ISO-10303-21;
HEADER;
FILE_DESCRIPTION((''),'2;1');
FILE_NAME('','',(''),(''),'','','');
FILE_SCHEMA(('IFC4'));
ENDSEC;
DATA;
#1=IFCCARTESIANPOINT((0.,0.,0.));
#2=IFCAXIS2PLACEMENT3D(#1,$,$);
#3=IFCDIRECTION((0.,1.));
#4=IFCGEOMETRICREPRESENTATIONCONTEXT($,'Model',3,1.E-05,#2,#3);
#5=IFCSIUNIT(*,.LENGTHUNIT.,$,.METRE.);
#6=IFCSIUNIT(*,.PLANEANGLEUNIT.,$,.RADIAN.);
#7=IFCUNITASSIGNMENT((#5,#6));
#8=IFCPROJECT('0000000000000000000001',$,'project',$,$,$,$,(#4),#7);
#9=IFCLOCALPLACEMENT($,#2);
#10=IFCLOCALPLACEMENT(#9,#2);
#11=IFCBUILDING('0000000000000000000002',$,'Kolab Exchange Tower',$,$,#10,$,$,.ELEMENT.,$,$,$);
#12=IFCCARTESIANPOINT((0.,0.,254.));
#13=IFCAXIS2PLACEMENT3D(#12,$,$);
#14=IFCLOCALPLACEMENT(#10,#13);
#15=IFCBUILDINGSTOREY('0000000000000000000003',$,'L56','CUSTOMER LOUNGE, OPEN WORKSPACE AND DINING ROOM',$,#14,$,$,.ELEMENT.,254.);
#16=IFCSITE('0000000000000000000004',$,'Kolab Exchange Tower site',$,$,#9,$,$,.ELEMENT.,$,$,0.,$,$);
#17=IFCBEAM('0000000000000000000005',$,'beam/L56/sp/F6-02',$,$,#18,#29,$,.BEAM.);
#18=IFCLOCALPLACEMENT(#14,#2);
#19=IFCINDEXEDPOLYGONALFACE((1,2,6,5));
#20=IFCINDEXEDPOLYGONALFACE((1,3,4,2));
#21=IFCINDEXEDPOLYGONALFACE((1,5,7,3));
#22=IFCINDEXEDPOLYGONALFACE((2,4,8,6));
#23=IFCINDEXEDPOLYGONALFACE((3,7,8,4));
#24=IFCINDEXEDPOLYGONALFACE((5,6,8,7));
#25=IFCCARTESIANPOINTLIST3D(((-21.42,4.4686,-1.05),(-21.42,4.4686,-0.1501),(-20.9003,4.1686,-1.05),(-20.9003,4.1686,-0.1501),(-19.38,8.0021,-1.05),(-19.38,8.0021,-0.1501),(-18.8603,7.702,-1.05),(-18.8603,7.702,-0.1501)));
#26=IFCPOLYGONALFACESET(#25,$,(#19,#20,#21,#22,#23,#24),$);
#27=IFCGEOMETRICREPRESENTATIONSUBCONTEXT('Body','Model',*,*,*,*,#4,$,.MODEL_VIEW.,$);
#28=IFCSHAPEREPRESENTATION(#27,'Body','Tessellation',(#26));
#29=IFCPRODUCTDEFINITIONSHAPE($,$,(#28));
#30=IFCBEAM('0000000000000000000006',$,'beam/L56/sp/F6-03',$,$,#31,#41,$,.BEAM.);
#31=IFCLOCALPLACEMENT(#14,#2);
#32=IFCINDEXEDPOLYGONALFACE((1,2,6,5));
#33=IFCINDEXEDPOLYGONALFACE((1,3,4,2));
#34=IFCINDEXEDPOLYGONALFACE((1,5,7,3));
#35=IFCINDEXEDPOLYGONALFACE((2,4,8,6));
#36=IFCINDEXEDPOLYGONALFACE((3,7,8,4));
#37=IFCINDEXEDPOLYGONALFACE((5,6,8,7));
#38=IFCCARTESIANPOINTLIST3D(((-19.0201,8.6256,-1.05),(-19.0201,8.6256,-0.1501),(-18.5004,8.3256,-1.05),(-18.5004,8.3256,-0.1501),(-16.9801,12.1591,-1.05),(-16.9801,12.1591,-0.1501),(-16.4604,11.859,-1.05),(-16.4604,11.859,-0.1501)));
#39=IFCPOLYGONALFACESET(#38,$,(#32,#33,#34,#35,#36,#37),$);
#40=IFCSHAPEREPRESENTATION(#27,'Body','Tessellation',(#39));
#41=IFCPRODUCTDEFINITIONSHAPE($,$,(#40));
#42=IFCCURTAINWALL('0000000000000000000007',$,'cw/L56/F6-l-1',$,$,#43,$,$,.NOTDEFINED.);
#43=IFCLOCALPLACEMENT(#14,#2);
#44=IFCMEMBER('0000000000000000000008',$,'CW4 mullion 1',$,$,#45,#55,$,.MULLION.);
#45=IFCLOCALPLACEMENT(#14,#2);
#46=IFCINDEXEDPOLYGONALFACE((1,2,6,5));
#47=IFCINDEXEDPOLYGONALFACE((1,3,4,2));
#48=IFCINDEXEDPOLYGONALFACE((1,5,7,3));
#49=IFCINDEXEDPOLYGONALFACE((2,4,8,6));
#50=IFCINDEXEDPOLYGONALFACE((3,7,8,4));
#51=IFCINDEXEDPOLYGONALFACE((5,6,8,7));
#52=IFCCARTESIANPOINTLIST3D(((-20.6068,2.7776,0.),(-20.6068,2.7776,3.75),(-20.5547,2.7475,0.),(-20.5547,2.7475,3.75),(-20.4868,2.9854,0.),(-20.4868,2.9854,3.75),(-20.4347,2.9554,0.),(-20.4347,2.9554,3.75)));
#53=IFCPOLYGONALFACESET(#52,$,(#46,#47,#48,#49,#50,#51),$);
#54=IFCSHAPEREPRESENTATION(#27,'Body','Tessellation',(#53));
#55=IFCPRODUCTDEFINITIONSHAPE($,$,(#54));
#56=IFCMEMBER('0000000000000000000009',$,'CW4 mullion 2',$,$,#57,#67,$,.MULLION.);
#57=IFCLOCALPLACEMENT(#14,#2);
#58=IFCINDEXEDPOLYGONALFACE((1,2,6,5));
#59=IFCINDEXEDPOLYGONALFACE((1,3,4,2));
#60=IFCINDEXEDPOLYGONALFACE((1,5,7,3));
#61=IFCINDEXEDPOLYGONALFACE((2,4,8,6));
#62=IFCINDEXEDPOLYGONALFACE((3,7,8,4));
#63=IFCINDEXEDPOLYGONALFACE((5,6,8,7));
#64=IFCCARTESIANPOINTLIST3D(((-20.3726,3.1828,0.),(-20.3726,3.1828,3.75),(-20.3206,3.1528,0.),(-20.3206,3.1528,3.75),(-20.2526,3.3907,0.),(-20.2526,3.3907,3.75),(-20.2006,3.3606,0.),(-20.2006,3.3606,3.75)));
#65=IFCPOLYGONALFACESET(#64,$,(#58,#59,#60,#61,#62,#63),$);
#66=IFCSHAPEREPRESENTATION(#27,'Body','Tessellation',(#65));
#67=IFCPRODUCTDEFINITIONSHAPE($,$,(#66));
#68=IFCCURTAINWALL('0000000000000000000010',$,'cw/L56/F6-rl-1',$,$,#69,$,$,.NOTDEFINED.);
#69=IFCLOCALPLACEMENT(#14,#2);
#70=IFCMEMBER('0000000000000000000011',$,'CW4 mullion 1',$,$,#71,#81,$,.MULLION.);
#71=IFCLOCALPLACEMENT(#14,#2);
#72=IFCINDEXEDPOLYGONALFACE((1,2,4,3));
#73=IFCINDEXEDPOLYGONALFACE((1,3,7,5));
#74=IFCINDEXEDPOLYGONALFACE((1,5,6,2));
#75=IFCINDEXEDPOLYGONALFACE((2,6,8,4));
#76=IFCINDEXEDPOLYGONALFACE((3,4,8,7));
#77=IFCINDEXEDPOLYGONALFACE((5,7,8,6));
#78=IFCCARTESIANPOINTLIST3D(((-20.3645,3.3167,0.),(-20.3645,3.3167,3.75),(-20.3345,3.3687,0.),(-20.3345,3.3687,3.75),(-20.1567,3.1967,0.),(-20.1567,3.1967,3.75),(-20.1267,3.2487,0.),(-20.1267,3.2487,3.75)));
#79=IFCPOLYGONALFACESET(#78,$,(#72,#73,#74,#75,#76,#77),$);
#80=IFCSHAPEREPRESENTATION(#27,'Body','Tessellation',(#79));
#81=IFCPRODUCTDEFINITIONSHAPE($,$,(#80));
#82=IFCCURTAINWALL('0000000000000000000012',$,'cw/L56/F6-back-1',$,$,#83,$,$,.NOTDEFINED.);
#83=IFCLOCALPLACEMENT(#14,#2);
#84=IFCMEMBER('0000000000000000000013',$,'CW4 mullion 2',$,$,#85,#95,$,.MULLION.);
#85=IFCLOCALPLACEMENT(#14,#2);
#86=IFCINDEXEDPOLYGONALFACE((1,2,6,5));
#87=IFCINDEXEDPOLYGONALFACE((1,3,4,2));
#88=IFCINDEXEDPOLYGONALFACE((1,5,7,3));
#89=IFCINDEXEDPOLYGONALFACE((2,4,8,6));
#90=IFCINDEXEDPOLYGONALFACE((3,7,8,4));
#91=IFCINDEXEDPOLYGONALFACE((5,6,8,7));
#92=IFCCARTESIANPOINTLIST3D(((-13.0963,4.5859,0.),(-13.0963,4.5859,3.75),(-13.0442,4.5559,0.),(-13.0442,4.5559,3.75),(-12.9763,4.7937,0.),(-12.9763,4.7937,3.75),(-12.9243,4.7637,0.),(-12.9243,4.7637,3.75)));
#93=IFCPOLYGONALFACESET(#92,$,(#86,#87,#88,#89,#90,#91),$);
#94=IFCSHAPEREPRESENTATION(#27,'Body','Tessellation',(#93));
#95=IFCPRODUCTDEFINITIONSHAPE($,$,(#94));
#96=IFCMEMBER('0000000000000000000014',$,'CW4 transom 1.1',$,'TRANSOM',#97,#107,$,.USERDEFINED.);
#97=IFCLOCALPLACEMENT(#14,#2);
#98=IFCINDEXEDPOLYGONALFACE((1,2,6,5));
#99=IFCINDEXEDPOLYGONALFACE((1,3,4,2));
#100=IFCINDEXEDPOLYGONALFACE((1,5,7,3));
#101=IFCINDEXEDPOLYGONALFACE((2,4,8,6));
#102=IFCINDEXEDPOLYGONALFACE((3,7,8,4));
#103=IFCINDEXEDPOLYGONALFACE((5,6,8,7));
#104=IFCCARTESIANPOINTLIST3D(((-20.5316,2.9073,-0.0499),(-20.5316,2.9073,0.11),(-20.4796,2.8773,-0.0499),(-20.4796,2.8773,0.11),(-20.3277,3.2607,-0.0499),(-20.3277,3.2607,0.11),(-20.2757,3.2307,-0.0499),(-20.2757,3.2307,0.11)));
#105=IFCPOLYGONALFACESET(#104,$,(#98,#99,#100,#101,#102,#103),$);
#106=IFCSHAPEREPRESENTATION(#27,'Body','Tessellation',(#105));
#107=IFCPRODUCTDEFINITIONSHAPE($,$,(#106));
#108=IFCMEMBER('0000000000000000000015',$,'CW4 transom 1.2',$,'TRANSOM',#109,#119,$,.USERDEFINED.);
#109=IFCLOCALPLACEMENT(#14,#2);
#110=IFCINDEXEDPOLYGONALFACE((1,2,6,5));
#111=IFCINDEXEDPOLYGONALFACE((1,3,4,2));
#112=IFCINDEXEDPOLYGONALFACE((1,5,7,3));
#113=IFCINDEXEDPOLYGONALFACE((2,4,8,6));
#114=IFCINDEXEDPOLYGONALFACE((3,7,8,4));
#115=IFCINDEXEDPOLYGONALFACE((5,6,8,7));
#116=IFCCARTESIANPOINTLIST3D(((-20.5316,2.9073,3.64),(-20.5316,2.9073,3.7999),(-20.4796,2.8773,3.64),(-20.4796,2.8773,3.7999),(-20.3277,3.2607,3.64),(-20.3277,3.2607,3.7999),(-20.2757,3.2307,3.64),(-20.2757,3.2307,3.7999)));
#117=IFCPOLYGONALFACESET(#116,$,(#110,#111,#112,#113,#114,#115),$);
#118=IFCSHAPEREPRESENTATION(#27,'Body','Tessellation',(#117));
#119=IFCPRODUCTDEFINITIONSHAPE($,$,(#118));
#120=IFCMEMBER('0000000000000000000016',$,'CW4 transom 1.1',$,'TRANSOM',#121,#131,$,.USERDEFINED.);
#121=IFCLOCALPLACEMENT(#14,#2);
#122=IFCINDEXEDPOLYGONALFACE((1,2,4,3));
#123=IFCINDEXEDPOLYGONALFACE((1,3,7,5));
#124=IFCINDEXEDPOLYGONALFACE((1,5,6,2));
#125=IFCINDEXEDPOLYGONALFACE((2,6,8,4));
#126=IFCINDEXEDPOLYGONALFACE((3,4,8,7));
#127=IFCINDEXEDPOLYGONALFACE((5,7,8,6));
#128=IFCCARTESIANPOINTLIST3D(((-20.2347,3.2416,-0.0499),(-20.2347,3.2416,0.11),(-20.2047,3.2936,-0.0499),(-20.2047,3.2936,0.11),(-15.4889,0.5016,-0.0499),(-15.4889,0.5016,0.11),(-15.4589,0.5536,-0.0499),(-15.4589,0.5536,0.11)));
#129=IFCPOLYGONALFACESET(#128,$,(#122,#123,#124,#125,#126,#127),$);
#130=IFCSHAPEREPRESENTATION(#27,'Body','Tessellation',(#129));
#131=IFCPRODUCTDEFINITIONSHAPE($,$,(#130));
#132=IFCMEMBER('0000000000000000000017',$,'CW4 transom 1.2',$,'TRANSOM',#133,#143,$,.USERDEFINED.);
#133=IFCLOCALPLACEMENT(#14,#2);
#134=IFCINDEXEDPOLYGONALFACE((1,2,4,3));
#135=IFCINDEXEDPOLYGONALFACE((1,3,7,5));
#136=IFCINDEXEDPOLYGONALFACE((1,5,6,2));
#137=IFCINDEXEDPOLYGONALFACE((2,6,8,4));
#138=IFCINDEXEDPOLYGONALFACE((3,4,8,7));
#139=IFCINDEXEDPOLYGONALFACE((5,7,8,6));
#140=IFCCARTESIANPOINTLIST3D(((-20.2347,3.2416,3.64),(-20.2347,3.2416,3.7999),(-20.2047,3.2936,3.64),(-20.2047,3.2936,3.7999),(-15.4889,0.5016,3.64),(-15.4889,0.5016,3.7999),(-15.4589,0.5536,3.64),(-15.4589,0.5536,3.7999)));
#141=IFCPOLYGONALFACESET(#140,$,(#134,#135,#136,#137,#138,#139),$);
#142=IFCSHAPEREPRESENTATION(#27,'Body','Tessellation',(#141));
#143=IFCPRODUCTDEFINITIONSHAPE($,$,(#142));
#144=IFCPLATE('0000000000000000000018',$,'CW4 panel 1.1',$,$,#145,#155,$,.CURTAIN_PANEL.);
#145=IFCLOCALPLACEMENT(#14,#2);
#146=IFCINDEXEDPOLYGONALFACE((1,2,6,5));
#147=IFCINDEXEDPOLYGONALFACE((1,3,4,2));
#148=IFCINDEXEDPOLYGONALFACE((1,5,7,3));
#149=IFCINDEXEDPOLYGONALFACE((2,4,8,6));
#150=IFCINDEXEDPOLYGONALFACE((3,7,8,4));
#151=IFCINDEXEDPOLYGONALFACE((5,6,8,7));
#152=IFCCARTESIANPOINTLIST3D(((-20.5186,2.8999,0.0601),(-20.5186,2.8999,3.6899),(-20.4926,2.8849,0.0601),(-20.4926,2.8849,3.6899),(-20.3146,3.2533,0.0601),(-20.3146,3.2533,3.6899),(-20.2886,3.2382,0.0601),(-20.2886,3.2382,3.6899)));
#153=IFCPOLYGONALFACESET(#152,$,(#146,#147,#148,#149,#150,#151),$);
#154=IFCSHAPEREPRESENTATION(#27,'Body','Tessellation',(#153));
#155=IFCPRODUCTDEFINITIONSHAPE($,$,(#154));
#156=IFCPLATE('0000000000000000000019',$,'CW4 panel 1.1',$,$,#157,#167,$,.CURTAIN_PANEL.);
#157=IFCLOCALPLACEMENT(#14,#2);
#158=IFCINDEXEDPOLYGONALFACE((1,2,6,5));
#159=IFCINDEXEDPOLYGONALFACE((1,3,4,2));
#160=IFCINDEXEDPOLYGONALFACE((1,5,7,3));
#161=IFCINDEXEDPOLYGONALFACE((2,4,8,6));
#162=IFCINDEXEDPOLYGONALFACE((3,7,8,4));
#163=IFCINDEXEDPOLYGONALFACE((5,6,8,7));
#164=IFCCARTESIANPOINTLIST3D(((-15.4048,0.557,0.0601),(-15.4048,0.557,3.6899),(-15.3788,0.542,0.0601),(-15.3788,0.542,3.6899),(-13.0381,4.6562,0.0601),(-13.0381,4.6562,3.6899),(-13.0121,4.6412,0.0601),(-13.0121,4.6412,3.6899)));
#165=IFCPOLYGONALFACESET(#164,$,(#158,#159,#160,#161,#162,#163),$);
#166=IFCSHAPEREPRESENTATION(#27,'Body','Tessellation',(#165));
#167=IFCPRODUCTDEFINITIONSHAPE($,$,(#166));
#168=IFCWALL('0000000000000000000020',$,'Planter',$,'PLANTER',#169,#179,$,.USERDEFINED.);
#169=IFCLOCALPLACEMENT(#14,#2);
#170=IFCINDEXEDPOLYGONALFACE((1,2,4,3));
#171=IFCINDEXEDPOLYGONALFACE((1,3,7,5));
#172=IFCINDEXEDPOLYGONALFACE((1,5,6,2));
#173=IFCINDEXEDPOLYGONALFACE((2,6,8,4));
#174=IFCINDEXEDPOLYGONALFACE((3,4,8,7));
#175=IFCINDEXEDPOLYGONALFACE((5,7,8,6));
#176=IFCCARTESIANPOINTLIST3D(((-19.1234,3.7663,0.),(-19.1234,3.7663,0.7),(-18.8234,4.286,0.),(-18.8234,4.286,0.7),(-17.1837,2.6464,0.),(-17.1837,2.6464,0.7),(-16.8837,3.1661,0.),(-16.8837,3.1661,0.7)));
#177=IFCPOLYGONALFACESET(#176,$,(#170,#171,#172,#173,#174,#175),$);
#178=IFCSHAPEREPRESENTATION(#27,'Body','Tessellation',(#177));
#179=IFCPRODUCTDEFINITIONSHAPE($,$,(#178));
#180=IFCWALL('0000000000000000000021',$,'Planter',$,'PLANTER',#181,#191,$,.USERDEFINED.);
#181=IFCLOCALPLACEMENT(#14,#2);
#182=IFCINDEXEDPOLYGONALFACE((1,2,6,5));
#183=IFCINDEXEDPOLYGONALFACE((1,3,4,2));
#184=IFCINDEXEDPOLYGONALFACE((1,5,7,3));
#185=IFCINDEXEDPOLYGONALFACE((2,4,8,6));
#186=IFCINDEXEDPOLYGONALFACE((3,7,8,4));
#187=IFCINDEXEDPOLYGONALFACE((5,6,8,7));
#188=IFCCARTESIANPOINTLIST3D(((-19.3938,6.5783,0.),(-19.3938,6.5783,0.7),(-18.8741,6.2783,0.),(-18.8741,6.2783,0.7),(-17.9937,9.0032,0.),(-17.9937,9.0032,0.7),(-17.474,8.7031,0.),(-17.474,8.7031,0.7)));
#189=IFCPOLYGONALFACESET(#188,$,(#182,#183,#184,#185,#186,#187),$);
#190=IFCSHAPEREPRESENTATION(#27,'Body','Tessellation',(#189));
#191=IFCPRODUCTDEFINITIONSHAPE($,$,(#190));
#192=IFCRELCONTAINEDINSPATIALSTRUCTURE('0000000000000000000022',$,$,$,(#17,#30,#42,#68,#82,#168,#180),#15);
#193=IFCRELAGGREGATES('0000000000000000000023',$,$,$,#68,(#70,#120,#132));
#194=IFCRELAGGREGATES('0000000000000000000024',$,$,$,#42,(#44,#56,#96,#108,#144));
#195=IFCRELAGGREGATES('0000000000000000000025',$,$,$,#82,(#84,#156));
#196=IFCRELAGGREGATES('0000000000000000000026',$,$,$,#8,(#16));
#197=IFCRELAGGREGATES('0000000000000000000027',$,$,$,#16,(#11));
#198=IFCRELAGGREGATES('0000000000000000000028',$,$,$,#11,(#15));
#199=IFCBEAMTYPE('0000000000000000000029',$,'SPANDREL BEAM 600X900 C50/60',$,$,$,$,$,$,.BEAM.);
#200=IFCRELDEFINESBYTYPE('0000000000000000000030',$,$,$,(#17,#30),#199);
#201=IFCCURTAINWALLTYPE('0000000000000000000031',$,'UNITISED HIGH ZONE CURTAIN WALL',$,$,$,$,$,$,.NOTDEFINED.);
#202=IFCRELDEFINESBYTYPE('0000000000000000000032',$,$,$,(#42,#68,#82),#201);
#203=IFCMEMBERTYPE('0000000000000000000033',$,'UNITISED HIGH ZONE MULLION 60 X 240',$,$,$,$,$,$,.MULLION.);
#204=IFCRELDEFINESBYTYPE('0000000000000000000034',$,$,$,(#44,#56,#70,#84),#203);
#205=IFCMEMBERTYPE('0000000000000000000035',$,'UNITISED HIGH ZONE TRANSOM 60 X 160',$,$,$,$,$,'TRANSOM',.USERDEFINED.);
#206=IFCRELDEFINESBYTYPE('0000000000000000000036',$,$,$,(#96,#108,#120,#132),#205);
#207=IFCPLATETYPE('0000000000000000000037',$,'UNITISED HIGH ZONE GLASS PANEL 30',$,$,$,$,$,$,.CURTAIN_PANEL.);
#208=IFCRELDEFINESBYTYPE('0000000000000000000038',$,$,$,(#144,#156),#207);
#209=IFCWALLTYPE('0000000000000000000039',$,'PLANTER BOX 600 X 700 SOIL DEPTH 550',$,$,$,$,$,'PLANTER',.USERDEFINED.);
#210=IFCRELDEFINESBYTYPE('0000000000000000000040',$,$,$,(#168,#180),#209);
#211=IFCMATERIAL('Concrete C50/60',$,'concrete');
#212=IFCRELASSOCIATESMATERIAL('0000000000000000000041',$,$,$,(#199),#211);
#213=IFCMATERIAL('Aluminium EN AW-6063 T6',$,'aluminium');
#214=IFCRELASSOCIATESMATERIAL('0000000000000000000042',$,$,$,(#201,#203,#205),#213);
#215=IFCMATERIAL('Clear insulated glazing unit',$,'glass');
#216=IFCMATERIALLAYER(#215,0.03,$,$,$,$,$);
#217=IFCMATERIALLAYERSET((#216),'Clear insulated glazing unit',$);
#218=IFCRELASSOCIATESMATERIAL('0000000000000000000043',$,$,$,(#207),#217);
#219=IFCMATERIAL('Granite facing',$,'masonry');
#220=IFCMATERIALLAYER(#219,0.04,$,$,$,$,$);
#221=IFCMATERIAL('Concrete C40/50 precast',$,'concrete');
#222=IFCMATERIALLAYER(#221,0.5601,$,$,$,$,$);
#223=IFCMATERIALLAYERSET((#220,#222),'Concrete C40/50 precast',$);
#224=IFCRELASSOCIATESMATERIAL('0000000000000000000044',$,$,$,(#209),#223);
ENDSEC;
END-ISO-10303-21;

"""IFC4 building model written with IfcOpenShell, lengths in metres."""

from ifc_helpers import new_model, si_unit, direction, frame, frame_2d, origin, origin_2d, place, context, subcontext, project, spatial, rectangle, extrude, material, layer, layer_set, material_profile, profile_set, type_object, element, aggregate, save


model = new_model("IFC4")

# Units and contexts
model_context = context("Model", 3, precision=1e-05, world=origin(), true_north=direction((0.0, 1.0)))
body_context = subcontext(model_context, "Body", "Model", "MODEL_VIEW")
ifc_project = project(units=[si_unit("LENGTHUNIT", "METRE"), si_unit("PLANEANGLEUNIT", "RADIAN")], contexts=[model_context])

# Site, building, storey
site_placement = place(None, origin())
site = spatial("IfcSite", under=ifc_project, at=site_placement, Name="Kolab Exchange Tower site", CompositionType="ELEMENT", RefElevation=0.0)
building_placement = place(site_placement, origin())
building = spatial("IfcBuilding", under=site, at=building_placement, Name="Kolab Exchange Tower", CompositionType="ELEMENT")
storey_placement = place(building_placement, frame((0.0, 0.0, 254.0)))
storey = spatial("IfcBuildingStorey", under=building, at=storey_placement, Name="L56", Description="CUSTOMER LOUNGE, OPEN WORKSPACE AND DINING ROOM", CompositionType="ELEMENT", Elevation=254.0)

# Shared definitions
ifc_material_1 = material(Name="Concrete C50/60", Category="concrete")

# Beams
ifc_material_profile_1 = material_profile(ifc_material_1, rectangle(XDim=0.6001, YDim=0.8999, at=origin_2d()), Name="RC600X900")
ifc_profile_set_1 = profile_set([ifc_material_profile_1], Name="Concrete C50/60")
beam_type_1 = type_object("IfcBeamType", Name="SPANDREL BEAM 600X900 C50/60", PredefinedType="BEAM", material=ifc_profile_set_1)
for number, where, z_axis, x_axis, name in (
    (1, (-21.1602, 4.3186, -0.6001), (0.5, 0.866025, 0.0), (-0.866025, 0.5, 0.0), "beam/L56/sp/F6-02"),
    (2, (-18.7603, 8.4756, -0.6001), (0.5, 0.866025, 0.0), (-0.866025, 0.5, 0.0), "beam/L56/sp/F6-03"),
):
    element("IfcBeam", number, at=place(storey_placement, frame(where, z_axis=z_axis, x_axis=x_axis)), inside=storey, type_object=beam_type_1, Name=name, PredefinedType="BEAM", context=body_context, shape_type="SweptSolid", body=[
        extrude(rectangle(XDim=0.6001, YDim=0.8999, at=origin_2d()), origin(), (0.0, 0.0, 1.0), 4.0801),
    ])

# Curtain wall, members
ifc_material_2 = material(Name="Aluminium EN AW-6063 T6", Category="aluminium")
curtain_wall_type = type_object("IfcCurtainWallType", Name="UNITISED HIGH ZONE CURTAIN WALL", PredefinedType="NOTDEFINED", material=ifc_material_2)
curtain_wall_1_placement = place(storey_placement, origin())
curtain_wall_1 = element("IfcCurtainWall", 3, at=curtain_wall_1_placement, inside=storey, type_object=curtain_wall_type, Name="cw/L56/F6-l-1", PredefinedType="NOTDEFINED")
ifc_material_profile_2 = material_profile(ifc_material_2, rectangle(XDim=0.0601, YDim=0.24, at=origin_2d()), Name="RECT 60X240")
ifc_profile_set_2 = profile_set([ifc_material_profile_2], Name="Aluminium EN AW-6063 T6")
member_type_1 = type_object("IfcMemberType", Name="UNITISED HIGH ZONE MULLION 60 X 240", PredefinedType="MULLION", material=ifc_profile_set_2)
member_1_placement = place(storey_placement, frame((-20.5208, 2.8665, 0.0), z_axis=(0.0, 0.0, 1.0), x_axis=(-0.866026, 0.499999, 0.0)))
member_1 = element("IfcMember", 4, at=member_1_placement, type_object=member_type_1, Name="CW4 mullion 1", PredefinedType="MULLION", context=body_context, shape_type="SweptSolid", body=[
    extrude(rectangle(XDim=0.0601, YDim=0.24, at=origin_2d()), origin(), (0.0, 0.0, 1.0), 3.75),
])
member_2_placement = place(storey_placement, frame((-20.2866, 3.2717, 0.0), z_axis=(0.0, 0.0, 1.0), x_axis=(-0.866026, 0.499999, 0.0)))
member_2 = element("IfcMember", 5, at=member_2_placement, type_object=member_type_1, Name="CW4 mullion 2", PredefinedType="MULLION", context=body_context, shape_type="SweptSolid", body=[
    extrude(rectangle(XDim=0.0601, YDim=0.24, at=origin_2d()), origin(), (0.0, 0.0, 1.0), 3.75),
])

# Curtain walls, members
curtain_wall_2_placement = place(storey_placement, origin())
curtain_wall_2 = element("IfcCurtainWall", 6, at=curtain_wall_2_placement, inside=storey, type_object=curtain_wall_type, Name="cw/L56/F6-rl-1", PredefinedType="NOTDEFINED")
member_3_placement = place(storey_placement, frame((-20.2456, 3.2827, 0.0), z_axis=(0.0, 0.0, 1.0), x_axis=(0.5, 0.866025, 0.0)))
member_3 = element("IfcMember", 7, at=member_3_placement, type_object=member_type_1, Name="CW4 mullion 1", PredefinedType="MULLION", context=body_context, shape_type="SweptSolid", body=[
    extrude(rectangle(XDim=0.0601, YDim=0.24, at=origin_2d()), origin(), (0.0, 0.0, 1.0), 3.75),
])
curtain_wall_3_placement = place(storey_placement, origin())
curtain_wall_3 = element("IfcCurtainWall", 8, at=curtain_wall_3_placement, inside=storey, type_object=curtain_wall_type, Name="cw/L56/F6-back-1", PredefinedType="NOTDEFINED")
member_4_placement = place(storey_placement, frame((-13.0103, 4.6748, 0.0), z_axis=(0.0, 0.0, 1.0), x_axis=(-0.866025, 0.5, 0.0)))
member_4 = element("IfcMember", 9, at=member_4_placement, type_object=member_type_1, Name="CW4 mullion 2", PredefinedType="MULLION", context=body_context, shape_type="SweptSolid", body=[
    extrude(rectangle(XDim=0.0601, YDim=0.24, at=origin_2d()), origin(), (0.0, 0.0, 1.0), 3.75),
])

# Members
ifc_material_profile_3 = material_profile(ifc_material_2, rectangle(XDim=0.0601, YDim=0.1599, at=origin_2d()), Name="RECT 60X160")
ifc_profile_set_3 = profile_set([ifc_material_profile_3], Name="Aluminium EN AW-6063 T6")
member_type_2 = type_object("IfcMemberType", Name="UNITISED HIGH ZONE TRANSOM 60 X 160", ElementType="TRANSOM", PredefinedType="USERDEFINED", material=ifc_profile_set_3)
member_5_placement = place(storey_placement, frame((-20.5056, 2.8923, 0.03), z_axis=(0.499809, 0.866136, 0.0), x_axis=(-0.866136, 0.499809, 0.0)))
member_5 = element("IfcMember", 10, at=member_5_placement, type_object=member_type_2, Name="CW4 transom 1.1", ObjectType="TRANSOM", PredefinedType="USERDEFINED", context=body_context, shape_type="SweptSolid", body=[
    extrude(rectangle(XDim=0.0601, YDim=0.1599, at=origin_2d()), origin(), (0.0, 0.0, 1.0), 0.408),
])
member_6_placement = place(storey_placement, frame((-20.5056, 2.8923, 3.72), z_axis=(0.499809, 0.866136, 0.0), x_axis=(-0.866136, 0.499809, 0.0)))
member_6 = element("IfcMember", 11, at=member_6_placement, type_object=member_type_2, Name="CW4 transom 1.2", ObjectType="TRANSOM", PredefinedType="USERDEFINED", context=body_context, shape_type="SweptSolid", body=[
    extrude(rectangle(XDim=0.0601, YDim=0.1599, at=origin_2d()), origin(), (0.0, 0.0, 1.0), 0.408),
])
member_7_placement = place(storey_placement, frame((-20.2197, 3.2676, 0.03), z_axis=(0.866028, -0.499996, 0.0), x_axis=(0.499996, 0.866028, 0.0)))
member_7 = element("IfcMember", 12, at=member_7_placement, type_object=member_type_2, Name="CW4 transom 1.1", ObjectType="TRANSOM", PredefinedType="USERDEFINED", context=body_context, shape_type="SweptSolid", body=[
    extrude(rectangle(XDim=0.0601, YDim=0.1599, at=origin_2d()), origin(), (0.0, 0.0, 1.0), 5.48),
])
member_8_placement = place(storey_placement, frame((-20.2197, 3.2676, 3.72), z_axis=(0.866028, -0.499996, 0.0), x_axis=(0.499996, 0.866028, 0.0)))
member_8 = element("IfcMember", 13, at=member_8_placement, type_object=member_type_2, Name="CW4 transom 1.2", ObjectType="TRANSOM", PredefinedType="USERDEFINED", context=body_context, shape_type="SweptSolid", body=[
    extrude(rectangle(XDim=0.0601, YDim=0.1599, at=origin_2d()), origin(), (0.0, 0.0, 1.0), 5.48),
])
aggregate(curtain_wall_2, [member_3, member_7, member_8])

# Plates
ifc_material_3 = material(Name="Clear insulated glazing unit", Category="glass")
ifc_layer_1 = layer(ifc_material_3, 0.03)
ifc_layer_set_1 = layer_set([ifc_layer_1], Name="Clear insulated glazing unit")
plate_type = type_object("IfcPlateType", Name="UNITISED HIGH ZONE GLASS PANEL 30", PredefinedType="CURTAIN_PANEL", material=ifc_layer_set_1)
plate_1_placement = place(storey_placement, frame((-20.4036, 3.0691, 0.0601), z_axis=(0.0, 0.0, 1.0), x_axis=(0.499999, 0.866026, 0.0)))
plate_1 = element("IfcPlate", 14, at=plate_1_placement, type_object=plate_type, Name="CW4 panel 1.1", PredefinedType="CURTAIN_PANEL", context=body_context, shape_type="SweptSolid", body=[
    extrude(rectangle(XDim=0.408, YDim=0.03, at=origin_2d()), origin(), (0.0, 0.0, 1.0), 3.6299),
])
aggregate(curtain_wall_1, [member_1, member_2, member_5, member_6, plate_1])
plate_2_placement = place(storey_placement, frame((-14.2085, 2.5991, 0.0601), z_axis=(0.0, 0.0, 1.0), x_axis=(0.5, 0.866025, 0.0)))
plate_2 = element("IfcPlate", 15, at=plate_2_placement, type_object=plate_type, Name="CW4 panel 1.1", PredefinedType="CURTAIN_PANEL", context=body_context, shape_type="SweptSolid", body=[
    extrude(rectangle(XDim=4.7334, YDim=0.03, at=origin_2d()), origin(), (0.0, 0.0, 1.0), 3.6299),
])
aggregate(curtain_wall_3, [member_4, plate_2])

# Walls
ifc_material_4 = material(Name="Granite facing", Category="masonry")
ifc_layer_2 = layer(ifc_material_4, 0.04)
ifc_material_5 = material(Name="Concrete C40/50 precast", Category="concrete")
ifc_layer_3 = layer(ifc_material_5, 0.5601)
ifc_layer_set_2 = layer_set([ifc_layer_2, ifc_layer_3], Name="Concrete C40/50 precast")
wall_type_1 = type_object("IfcWallType", Name="PLANTER BOX 600 X 700 SOIL DEPTH 550", ElementType="PLANTER", PredefinedType="USERDEFINED", material=ifc_layer_set_2)
wall_1_placement = place(storey_placement, frame((-17.0337, 2.9062, 0.0), z_axis=(0.0, 0.0, 1.0), x_axis=(-0.866028, 0.499996, 0.0)))
element("IfcWall", 16, at=wall_1_placement, inside=storey, type_object=wall_type_1, Name="Planter", ObjectType="PLANTER", PredefinedType="USERDEFINED", context=body_context, shape_type="SweptSolid", body=[
    extrude(rectangle(XDim=2.2397, YDim=0.6001, at=frame_2d((1.1199, 0.0))), origin(), (0.0, 0.0, 1.0), 0.7),
])
wall_2_placement = place(storey_placement, frame((-17.7339, 8.853, 0.0), z_axis=(0.0, 0.0, 1.0), x_axis=(-0.50005, -0.865997, 0.0)))
element("IfcWall", 17, at=wall_2_placement, inside=storey, type_object=wall_type_1, Name="Planter", ObjectType="PLANTER", PredefinedType="USERDEFINED", context=body_context, shape_type="SweptSolid", body=[
    extrude(rectangle(XDim=2.8, YDim=0.6001, at=frame_2d((1.3999, 0.0))), origin(), (0.0, 0.0, 1.0), 0.7),
])

save(model, "model.ifc")
